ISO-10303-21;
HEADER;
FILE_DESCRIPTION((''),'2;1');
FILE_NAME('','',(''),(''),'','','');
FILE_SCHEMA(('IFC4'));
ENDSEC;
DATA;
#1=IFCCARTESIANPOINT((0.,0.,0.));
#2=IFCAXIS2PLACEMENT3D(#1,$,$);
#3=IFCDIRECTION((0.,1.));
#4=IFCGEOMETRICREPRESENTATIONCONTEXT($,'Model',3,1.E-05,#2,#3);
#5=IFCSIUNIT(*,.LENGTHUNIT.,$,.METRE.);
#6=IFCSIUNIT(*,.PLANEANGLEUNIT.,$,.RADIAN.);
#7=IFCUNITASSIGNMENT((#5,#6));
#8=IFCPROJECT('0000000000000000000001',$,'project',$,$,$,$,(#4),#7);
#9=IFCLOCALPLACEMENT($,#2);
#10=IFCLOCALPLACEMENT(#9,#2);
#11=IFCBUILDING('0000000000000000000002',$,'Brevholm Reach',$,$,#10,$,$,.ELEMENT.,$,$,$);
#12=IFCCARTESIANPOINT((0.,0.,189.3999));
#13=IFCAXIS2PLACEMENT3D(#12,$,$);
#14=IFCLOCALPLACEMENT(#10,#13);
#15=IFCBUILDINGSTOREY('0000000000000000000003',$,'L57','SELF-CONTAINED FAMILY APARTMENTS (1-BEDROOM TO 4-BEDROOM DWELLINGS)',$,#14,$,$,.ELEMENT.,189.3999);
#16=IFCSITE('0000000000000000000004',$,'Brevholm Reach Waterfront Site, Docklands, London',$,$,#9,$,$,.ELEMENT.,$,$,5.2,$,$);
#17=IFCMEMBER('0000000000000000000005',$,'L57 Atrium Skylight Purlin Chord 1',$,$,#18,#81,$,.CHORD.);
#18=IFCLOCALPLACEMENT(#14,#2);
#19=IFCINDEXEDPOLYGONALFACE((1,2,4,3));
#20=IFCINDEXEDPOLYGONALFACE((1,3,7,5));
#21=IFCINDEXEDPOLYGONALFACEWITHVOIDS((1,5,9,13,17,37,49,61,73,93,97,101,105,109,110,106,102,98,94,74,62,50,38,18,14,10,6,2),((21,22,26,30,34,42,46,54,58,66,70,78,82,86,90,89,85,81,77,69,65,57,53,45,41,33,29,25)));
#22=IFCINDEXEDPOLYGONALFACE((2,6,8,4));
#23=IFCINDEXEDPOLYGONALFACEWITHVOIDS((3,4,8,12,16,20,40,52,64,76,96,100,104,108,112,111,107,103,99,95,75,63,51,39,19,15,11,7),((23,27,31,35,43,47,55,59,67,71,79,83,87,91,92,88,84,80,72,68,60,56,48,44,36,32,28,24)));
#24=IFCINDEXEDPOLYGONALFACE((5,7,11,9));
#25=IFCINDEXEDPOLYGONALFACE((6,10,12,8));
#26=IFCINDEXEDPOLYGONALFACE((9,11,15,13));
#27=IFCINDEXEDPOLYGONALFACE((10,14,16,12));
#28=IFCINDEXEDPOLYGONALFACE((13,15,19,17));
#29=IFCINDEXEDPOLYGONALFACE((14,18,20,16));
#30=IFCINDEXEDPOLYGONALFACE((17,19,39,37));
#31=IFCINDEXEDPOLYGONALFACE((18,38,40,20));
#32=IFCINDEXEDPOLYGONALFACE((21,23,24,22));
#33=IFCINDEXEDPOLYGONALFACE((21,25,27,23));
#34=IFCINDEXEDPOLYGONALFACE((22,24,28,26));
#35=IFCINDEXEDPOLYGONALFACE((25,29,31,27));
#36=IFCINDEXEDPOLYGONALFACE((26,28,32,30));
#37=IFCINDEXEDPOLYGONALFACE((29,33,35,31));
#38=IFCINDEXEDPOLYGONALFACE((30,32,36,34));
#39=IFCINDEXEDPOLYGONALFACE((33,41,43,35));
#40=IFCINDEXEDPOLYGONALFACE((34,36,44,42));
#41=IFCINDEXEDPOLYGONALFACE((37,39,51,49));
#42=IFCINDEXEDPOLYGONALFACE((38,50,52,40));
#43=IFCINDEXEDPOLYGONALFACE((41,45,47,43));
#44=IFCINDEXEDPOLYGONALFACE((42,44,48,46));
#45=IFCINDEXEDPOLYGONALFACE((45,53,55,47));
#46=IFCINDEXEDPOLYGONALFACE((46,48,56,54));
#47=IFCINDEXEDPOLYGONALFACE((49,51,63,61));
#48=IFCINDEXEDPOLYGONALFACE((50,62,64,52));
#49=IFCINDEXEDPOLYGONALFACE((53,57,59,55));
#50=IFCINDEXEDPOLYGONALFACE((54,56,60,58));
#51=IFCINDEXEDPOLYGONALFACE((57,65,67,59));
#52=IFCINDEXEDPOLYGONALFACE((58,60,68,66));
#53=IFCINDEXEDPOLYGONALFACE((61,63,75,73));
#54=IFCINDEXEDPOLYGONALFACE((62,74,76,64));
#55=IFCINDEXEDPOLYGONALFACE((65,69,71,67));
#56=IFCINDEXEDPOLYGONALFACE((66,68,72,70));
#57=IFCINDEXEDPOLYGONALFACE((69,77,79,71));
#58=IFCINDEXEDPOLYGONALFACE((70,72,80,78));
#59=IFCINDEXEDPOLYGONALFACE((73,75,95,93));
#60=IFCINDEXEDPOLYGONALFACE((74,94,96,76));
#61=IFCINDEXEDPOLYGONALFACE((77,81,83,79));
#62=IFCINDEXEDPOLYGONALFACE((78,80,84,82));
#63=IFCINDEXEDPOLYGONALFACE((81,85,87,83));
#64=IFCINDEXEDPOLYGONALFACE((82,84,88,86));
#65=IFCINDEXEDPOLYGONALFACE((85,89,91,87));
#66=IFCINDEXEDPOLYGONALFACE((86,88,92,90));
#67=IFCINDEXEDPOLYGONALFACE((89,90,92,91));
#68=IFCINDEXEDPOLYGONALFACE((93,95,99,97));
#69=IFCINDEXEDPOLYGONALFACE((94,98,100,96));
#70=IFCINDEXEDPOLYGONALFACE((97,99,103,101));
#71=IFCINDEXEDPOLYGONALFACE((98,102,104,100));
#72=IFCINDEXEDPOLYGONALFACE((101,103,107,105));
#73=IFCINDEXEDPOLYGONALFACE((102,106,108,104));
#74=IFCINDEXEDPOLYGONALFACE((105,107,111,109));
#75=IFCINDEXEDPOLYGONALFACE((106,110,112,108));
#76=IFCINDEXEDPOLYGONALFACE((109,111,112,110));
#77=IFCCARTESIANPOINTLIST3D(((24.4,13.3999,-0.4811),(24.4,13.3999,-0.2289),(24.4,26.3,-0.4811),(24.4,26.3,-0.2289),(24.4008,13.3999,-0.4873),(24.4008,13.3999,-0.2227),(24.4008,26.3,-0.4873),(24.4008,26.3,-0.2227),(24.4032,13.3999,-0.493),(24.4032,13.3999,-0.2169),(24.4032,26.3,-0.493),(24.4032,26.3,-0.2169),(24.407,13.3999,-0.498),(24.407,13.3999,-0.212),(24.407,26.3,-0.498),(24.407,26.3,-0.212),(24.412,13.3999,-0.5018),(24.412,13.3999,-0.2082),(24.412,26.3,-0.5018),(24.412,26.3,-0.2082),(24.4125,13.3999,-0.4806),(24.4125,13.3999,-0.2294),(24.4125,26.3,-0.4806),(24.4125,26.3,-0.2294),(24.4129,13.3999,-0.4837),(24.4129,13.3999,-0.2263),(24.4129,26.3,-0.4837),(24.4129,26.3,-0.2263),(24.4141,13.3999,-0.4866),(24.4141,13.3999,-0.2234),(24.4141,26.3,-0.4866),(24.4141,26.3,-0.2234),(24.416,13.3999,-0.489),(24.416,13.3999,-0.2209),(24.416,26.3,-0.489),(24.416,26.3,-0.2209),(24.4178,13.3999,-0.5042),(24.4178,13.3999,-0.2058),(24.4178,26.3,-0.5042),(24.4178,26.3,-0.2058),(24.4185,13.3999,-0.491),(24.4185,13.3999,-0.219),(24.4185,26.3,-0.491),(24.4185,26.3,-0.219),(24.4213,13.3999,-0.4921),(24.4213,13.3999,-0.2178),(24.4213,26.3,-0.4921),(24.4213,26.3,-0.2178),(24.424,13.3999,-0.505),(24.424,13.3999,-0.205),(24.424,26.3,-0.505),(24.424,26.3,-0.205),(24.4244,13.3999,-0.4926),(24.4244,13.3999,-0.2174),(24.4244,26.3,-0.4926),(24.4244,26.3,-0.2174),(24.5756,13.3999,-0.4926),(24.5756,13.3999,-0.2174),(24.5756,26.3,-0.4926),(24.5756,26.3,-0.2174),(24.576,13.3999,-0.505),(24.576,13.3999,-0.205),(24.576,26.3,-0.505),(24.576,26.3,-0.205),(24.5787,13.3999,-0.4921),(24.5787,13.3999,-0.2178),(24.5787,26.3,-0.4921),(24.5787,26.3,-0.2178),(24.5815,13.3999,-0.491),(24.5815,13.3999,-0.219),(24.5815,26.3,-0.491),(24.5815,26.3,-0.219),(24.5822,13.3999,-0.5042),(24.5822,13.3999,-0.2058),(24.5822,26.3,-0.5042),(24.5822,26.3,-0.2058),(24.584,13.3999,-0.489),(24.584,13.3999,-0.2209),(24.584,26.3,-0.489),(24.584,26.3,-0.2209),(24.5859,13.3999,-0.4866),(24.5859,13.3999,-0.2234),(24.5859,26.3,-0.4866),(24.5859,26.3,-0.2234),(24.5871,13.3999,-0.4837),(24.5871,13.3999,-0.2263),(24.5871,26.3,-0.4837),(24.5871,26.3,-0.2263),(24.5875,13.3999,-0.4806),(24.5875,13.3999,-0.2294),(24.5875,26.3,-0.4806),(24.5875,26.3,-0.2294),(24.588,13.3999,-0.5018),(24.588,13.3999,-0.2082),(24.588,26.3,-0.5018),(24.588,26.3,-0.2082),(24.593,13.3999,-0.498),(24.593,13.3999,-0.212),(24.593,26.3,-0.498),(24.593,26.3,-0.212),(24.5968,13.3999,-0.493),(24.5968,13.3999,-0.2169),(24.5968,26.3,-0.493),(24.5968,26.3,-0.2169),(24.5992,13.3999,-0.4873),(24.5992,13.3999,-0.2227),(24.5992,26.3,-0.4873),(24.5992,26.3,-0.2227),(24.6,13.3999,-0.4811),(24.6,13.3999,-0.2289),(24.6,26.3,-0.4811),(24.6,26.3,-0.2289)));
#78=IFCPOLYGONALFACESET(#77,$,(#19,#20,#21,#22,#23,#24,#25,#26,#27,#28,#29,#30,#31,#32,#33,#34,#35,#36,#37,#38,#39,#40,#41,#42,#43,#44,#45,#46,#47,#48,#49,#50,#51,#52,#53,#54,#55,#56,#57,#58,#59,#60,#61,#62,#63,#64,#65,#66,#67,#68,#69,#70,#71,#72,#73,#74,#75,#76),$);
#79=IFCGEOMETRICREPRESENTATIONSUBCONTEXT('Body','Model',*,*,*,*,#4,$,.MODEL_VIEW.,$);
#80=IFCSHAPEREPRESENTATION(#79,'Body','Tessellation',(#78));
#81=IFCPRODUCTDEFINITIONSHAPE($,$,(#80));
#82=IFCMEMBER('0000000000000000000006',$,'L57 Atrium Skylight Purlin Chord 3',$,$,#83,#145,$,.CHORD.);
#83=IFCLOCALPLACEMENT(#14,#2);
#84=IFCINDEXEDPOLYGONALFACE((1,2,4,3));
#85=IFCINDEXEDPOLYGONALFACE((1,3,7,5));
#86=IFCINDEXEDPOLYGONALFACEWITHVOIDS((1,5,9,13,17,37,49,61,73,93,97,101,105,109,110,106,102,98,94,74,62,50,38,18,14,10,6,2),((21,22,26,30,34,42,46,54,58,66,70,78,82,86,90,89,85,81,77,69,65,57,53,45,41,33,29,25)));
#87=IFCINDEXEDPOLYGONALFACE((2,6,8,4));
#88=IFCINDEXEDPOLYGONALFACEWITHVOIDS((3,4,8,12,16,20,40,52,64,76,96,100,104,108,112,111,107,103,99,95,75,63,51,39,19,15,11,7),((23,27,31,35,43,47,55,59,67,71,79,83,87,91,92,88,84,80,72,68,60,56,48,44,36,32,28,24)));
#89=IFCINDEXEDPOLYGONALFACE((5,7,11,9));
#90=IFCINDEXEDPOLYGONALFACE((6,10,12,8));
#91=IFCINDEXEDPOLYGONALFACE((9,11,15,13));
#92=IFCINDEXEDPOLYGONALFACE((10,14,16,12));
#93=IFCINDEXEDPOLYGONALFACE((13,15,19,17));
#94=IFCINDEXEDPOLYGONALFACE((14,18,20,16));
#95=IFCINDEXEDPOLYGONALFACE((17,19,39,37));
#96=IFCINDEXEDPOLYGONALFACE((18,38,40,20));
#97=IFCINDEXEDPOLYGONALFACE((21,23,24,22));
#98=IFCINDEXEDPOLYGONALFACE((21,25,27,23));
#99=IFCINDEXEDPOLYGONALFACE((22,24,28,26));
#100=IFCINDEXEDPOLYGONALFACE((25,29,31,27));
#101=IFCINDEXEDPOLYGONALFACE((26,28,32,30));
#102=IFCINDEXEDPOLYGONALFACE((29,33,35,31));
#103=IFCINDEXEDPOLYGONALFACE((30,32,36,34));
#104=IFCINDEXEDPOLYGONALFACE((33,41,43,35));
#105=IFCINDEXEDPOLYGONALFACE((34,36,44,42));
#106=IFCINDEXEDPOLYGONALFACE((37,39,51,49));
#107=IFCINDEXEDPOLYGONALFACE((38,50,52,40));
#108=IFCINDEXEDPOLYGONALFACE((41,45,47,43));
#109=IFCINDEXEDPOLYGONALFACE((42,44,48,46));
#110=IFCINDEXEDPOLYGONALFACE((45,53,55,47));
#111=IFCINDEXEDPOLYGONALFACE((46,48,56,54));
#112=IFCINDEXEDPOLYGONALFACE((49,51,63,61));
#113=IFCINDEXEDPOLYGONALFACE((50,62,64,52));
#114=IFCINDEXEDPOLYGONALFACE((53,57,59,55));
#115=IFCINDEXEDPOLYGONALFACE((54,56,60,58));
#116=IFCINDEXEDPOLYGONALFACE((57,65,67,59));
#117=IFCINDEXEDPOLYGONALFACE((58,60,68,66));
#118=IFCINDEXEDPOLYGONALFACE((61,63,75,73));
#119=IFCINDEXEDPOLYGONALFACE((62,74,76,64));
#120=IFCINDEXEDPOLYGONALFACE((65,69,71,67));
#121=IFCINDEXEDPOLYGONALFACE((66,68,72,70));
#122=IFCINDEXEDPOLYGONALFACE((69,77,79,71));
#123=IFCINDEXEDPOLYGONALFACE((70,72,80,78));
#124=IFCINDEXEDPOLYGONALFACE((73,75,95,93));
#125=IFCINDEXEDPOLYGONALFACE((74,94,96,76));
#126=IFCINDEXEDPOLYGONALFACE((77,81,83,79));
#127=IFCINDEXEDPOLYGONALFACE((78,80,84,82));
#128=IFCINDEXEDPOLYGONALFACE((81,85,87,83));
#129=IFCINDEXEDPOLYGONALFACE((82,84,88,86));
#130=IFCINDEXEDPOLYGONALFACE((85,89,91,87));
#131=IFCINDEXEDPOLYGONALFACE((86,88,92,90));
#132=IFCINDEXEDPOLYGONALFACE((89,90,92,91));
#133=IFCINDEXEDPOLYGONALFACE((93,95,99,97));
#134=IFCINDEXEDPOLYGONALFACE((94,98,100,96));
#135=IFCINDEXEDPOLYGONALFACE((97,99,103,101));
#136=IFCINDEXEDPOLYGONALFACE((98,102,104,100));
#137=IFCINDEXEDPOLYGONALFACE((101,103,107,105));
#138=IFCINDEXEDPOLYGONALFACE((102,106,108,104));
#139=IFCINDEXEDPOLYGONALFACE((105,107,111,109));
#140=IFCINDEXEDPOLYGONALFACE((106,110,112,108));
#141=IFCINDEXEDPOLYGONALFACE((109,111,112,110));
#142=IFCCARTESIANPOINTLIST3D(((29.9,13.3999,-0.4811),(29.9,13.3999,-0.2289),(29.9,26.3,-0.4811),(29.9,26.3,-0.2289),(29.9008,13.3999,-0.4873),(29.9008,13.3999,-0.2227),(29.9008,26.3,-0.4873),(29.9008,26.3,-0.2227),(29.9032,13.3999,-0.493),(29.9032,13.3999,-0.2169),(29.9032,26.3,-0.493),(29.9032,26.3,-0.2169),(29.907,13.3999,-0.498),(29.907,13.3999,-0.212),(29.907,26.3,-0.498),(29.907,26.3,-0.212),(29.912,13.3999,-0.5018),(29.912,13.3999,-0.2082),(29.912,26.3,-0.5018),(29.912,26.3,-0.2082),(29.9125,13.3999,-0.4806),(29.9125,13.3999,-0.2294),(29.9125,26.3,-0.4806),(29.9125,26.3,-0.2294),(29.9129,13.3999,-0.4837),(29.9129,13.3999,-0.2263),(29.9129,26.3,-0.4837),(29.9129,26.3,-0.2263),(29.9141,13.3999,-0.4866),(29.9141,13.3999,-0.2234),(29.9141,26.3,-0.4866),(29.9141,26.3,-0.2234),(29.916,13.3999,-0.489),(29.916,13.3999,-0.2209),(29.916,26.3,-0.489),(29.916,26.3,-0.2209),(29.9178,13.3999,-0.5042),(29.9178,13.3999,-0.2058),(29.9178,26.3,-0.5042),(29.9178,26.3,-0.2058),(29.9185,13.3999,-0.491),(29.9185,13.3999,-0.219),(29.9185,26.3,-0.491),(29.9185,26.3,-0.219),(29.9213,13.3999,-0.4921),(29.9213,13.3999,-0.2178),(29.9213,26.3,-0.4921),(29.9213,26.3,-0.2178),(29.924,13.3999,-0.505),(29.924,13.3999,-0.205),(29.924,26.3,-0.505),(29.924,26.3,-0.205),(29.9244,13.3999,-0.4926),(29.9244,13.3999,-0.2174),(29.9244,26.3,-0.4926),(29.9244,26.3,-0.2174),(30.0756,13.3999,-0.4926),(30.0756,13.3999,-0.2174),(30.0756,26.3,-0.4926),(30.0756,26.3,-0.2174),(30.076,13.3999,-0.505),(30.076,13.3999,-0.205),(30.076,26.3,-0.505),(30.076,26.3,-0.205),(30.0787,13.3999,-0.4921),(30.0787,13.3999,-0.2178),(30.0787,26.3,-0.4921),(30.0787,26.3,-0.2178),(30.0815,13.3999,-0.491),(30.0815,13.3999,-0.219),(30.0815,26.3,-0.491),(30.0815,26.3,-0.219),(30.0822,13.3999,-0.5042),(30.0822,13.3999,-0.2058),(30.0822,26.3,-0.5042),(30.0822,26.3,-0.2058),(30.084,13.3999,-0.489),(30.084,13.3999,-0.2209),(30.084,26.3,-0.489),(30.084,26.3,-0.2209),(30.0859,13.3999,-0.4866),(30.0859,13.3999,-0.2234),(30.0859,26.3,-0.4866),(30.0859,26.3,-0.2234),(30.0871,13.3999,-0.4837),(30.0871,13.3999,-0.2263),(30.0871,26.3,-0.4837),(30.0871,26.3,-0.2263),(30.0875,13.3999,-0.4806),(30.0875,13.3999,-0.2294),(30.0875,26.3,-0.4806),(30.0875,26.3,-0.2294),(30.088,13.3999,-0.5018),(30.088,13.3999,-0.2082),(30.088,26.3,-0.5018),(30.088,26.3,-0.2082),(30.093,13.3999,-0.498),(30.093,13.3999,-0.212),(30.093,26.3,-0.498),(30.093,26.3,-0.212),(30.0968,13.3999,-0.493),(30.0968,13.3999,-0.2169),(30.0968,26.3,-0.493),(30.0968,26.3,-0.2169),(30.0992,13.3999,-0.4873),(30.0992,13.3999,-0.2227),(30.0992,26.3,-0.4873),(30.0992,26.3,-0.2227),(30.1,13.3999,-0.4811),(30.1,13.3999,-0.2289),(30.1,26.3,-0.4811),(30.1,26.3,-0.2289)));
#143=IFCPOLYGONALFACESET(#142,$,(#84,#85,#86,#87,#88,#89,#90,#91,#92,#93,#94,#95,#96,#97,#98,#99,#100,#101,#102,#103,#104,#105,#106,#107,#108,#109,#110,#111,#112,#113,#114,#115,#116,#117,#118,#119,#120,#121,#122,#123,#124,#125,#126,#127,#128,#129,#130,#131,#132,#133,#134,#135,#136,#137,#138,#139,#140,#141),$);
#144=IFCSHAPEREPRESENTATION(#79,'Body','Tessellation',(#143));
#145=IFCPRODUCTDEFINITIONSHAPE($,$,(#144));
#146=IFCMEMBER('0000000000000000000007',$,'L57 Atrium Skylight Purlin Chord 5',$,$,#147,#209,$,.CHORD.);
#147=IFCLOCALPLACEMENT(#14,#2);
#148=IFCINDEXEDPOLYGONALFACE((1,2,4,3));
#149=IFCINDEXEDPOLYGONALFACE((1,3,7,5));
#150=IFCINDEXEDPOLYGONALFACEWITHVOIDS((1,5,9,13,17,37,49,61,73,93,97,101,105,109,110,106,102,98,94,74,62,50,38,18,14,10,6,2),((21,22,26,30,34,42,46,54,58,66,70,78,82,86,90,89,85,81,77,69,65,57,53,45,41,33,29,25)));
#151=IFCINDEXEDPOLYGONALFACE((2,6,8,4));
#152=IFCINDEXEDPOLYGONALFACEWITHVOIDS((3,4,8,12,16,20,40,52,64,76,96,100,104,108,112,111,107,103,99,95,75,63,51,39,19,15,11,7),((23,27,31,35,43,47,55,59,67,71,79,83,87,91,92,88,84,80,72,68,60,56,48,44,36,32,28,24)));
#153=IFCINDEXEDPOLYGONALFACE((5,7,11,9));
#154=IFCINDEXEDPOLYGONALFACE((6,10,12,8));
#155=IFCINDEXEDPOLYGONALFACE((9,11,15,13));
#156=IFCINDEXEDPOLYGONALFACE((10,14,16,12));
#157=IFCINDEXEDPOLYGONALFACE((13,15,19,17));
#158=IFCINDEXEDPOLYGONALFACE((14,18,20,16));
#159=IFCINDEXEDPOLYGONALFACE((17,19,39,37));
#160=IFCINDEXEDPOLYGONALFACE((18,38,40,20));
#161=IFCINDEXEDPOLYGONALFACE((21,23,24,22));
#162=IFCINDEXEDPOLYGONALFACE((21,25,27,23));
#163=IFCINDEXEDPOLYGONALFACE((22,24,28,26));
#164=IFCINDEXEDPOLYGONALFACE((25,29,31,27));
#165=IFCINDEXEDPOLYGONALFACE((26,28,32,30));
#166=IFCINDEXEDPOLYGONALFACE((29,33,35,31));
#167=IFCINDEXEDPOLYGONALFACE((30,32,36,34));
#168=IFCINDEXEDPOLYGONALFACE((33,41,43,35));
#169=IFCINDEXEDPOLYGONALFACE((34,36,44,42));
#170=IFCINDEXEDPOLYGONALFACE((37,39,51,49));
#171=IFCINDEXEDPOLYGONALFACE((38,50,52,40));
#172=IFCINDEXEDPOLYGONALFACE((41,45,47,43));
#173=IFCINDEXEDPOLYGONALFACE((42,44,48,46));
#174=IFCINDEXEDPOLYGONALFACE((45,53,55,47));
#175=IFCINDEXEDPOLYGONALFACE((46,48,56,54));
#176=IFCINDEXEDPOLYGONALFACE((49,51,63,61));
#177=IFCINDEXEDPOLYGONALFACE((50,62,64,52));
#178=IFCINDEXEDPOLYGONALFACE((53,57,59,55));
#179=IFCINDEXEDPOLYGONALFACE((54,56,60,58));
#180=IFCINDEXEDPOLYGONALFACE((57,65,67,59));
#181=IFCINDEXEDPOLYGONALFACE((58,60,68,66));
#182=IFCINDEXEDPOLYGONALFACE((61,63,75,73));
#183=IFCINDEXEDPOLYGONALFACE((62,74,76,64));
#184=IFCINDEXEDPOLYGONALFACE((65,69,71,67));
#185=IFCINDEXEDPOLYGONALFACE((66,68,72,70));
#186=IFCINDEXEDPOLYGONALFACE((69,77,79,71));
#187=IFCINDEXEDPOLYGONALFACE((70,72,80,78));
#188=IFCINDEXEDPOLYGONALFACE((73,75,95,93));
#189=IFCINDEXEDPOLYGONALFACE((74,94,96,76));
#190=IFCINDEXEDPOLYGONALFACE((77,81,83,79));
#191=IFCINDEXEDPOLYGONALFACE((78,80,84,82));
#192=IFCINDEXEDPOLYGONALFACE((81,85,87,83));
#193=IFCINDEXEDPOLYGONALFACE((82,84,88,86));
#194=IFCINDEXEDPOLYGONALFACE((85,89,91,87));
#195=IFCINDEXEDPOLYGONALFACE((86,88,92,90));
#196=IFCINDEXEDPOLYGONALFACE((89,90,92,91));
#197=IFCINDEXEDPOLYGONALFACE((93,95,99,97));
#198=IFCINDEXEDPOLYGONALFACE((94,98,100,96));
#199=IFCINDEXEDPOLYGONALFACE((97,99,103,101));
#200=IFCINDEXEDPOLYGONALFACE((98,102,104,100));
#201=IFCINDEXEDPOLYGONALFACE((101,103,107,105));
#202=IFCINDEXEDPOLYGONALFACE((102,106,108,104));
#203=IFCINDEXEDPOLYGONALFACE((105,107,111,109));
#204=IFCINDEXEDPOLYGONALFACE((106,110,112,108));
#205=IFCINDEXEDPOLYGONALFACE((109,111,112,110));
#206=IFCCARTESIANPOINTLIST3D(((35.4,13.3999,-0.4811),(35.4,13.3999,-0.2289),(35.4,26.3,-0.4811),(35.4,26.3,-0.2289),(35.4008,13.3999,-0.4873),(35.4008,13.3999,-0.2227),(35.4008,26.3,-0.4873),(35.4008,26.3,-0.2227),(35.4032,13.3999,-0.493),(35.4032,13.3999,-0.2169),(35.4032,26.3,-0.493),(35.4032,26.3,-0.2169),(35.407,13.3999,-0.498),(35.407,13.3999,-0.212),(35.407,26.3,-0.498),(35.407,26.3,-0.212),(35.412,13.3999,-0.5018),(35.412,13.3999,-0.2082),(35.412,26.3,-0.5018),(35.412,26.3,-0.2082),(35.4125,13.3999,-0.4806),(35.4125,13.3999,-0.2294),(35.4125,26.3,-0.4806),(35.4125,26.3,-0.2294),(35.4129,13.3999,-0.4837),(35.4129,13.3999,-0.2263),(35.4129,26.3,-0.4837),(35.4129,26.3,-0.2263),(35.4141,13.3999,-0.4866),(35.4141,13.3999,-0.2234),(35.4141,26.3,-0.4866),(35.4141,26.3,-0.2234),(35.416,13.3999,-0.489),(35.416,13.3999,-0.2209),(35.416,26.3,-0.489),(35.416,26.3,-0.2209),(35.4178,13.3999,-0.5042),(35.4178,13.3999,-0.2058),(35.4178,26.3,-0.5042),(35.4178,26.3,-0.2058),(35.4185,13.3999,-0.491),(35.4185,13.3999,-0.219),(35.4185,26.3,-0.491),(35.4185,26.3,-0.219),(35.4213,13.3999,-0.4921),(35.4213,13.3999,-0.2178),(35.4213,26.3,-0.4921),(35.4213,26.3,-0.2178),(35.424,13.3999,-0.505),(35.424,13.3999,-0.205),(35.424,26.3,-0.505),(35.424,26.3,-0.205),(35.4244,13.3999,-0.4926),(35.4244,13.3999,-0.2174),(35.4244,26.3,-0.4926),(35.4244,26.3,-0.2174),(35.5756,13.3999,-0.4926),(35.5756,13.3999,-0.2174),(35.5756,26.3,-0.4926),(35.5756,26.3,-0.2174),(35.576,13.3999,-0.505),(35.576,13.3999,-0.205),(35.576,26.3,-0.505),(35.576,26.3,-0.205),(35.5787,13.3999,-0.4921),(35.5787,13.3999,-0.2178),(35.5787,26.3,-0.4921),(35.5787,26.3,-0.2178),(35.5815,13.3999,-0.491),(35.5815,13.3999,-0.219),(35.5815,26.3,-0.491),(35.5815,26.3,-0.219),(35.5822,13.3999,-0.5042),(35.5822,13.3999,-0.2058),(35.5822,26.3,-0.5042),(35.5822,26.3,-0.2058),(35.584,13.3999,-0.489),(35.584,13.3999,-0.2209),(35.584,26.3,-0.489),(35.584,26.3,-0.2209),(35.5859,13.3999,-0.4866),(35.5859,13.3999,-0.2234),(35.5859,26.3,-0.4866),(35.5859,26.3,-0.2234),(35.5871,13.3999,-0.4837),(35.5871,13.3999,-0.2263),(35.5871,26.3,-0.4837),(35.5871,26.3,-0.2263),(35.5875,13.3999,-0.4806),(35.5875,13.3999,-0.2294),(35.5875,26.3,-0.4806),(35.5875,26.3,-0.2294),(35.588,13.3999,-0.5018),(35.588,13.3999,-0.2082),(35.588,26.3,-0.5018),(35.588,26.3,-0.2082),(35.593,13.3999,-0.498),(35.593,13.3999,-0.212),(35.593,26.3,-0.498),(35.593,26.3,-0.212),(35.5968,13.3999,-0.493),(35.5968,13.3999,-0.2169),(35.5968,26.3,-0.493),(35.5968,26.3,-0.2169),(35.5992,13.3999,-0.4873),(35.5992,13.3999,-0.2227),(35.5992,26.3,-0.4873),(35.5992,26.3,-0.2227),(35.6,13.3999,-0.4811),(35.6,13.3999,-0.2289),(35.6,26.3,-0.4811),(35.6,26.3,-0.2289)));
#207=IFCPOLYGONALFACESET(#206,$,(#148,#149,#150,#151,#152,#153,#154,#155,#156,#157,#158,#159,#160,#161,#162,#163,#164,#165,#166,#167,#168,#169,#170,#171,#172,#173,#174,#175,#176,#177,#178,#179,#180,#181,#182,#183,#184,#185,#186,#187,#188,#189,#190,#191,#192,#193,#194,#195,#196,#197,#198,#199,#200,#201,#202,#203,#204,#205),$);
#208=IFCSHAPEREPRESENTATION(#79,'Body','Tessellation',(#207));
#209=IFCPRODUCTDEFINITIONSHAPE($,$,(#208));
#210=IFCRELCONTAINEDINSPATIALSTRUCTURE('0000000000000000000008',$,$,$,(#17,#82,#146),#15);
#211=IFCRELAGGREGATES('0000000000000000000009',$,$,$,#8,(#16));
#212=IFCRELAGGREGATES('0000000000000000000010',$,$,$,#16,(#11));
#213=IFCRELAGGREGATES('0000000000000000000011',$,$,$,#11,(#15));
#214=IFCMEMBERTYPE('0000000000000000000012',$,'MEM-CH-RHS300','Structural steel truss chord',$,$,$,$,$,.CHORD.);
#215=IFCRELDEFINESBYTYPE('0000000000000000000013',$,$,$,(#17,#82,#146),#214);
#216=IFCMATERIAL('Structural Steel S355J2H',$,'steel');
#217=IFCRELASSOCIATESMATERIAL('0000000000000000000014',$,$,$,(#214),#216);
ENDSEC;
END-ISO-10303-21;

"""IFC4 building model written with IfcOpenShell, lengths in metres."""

from ifc_helpers import new_model, si_unit, direction, frame, origin, origin_2d, place, context, subcontext, project, spatial, hollow_rectangle, extrude, material, material_profile, profile_set, type_object, element, save


model = new_model("IFC4")

# Units and contexts
model_context = context("Model", 3, precision=1e-05, world=origin(), true_north=direction((0.0, 1.0)))
body_context = subcontext(model_context, "Body", "Model", "MODEL_VIEW")
ifc_project = project(units=[si_unit("LENGTHUNIT", "METRE"), si_unit("PLANEANGLEUNIT", "RADIAN")], contexts=[model_context])

# Site, building, storey
site_placement = place(None, origin())
site = spatial("IfcSite", under=ifc_project, at=site_placement, Name="Brevholm Reach Waterfront Site, Docklands, London", CompositionType="ELEMENT", RefElevation=5.2)
building_placement = place(site_placement, origin())
building = spatial("IfcBuilding", under=site, at=building_placement, Name="Brevholm Reach", CompositionType="ELEMENT")
storey_placement = place(building_placement, frame((0.0, 0.0, 189.3999)))
storey = spatial("IfcBuildingStorey", under=building, at=storey_placement, Name="L57", Description="SELF-CONTAINED FAMILY APARTMENTS (1-BEDROOM TO 4-BEDROOM DWELLINGS)", CompositionType="ELEMENT", Elevation=189.3999)

# Members
ifc_material_1 = material(Name="Structural Steel S355J2H", Category="steel")
ifc_material_profile_1 = material_profile(ifc_material_1, hollow_rectangle(XDim=0.2, YDim=0.3, WallThickness=0.0125, InnerFilletRadius=0.012, OuterFilletRadius=0.0239, at=origin_2d()), Name="RHS 300x200x12.5")
ifc_profile_set_1 = profile_set([ifc_material_profile_1], Name="Structural Steel S355J2H")
member_type_1 = type_object("IfcMemberType", Name="MEM-CH-RHS300", Description="Structural steel truss chord", PredefinedType="CHORD", material=ifc_profile_set_1)
for number, where, z_axis, x_axis, name in (
    (1, (24.5, 13.3999, -0.355), (0.0, 1.0, 0.0), (-1.0, 0.0, 0.0), "L57 Atrium Skylight Purlin Chord 1"),
    (2, (30.0, 13.3999, -0.355), (0.0, 1.0, 0.0), (-1.0, 0.0, 0.0), "L57 Atrium Skylight Purlin Chord 3"),
    (3, (35.5, 13.3999, -0.355), (0.0, 1.0, 0.0), (-1.0, 0.0, 0.0), "L57 Atrium Skylight Purlin Chord 5"),
):
    element("IfcMember", number, at=place(storey_placement, frame(where, z_axis=z_axis, x_axis=x_axis)), inside=storey, type_object=member_type_1, Name=name, PredefinedType="CHORD", context=body_context, shape_type="SweptSolid", body=[
        extrude(hollow_rectangle(XDim=0.2, YDim=0.3, WallThickness=0.0125, InnerFilletRadius=0.012, OuterFilletRadius=0.0239, at=origin_2d()), origin(), (0.0, 0.0, 1.0), 12.9001),
    ])

save(model, "model.ifc")
